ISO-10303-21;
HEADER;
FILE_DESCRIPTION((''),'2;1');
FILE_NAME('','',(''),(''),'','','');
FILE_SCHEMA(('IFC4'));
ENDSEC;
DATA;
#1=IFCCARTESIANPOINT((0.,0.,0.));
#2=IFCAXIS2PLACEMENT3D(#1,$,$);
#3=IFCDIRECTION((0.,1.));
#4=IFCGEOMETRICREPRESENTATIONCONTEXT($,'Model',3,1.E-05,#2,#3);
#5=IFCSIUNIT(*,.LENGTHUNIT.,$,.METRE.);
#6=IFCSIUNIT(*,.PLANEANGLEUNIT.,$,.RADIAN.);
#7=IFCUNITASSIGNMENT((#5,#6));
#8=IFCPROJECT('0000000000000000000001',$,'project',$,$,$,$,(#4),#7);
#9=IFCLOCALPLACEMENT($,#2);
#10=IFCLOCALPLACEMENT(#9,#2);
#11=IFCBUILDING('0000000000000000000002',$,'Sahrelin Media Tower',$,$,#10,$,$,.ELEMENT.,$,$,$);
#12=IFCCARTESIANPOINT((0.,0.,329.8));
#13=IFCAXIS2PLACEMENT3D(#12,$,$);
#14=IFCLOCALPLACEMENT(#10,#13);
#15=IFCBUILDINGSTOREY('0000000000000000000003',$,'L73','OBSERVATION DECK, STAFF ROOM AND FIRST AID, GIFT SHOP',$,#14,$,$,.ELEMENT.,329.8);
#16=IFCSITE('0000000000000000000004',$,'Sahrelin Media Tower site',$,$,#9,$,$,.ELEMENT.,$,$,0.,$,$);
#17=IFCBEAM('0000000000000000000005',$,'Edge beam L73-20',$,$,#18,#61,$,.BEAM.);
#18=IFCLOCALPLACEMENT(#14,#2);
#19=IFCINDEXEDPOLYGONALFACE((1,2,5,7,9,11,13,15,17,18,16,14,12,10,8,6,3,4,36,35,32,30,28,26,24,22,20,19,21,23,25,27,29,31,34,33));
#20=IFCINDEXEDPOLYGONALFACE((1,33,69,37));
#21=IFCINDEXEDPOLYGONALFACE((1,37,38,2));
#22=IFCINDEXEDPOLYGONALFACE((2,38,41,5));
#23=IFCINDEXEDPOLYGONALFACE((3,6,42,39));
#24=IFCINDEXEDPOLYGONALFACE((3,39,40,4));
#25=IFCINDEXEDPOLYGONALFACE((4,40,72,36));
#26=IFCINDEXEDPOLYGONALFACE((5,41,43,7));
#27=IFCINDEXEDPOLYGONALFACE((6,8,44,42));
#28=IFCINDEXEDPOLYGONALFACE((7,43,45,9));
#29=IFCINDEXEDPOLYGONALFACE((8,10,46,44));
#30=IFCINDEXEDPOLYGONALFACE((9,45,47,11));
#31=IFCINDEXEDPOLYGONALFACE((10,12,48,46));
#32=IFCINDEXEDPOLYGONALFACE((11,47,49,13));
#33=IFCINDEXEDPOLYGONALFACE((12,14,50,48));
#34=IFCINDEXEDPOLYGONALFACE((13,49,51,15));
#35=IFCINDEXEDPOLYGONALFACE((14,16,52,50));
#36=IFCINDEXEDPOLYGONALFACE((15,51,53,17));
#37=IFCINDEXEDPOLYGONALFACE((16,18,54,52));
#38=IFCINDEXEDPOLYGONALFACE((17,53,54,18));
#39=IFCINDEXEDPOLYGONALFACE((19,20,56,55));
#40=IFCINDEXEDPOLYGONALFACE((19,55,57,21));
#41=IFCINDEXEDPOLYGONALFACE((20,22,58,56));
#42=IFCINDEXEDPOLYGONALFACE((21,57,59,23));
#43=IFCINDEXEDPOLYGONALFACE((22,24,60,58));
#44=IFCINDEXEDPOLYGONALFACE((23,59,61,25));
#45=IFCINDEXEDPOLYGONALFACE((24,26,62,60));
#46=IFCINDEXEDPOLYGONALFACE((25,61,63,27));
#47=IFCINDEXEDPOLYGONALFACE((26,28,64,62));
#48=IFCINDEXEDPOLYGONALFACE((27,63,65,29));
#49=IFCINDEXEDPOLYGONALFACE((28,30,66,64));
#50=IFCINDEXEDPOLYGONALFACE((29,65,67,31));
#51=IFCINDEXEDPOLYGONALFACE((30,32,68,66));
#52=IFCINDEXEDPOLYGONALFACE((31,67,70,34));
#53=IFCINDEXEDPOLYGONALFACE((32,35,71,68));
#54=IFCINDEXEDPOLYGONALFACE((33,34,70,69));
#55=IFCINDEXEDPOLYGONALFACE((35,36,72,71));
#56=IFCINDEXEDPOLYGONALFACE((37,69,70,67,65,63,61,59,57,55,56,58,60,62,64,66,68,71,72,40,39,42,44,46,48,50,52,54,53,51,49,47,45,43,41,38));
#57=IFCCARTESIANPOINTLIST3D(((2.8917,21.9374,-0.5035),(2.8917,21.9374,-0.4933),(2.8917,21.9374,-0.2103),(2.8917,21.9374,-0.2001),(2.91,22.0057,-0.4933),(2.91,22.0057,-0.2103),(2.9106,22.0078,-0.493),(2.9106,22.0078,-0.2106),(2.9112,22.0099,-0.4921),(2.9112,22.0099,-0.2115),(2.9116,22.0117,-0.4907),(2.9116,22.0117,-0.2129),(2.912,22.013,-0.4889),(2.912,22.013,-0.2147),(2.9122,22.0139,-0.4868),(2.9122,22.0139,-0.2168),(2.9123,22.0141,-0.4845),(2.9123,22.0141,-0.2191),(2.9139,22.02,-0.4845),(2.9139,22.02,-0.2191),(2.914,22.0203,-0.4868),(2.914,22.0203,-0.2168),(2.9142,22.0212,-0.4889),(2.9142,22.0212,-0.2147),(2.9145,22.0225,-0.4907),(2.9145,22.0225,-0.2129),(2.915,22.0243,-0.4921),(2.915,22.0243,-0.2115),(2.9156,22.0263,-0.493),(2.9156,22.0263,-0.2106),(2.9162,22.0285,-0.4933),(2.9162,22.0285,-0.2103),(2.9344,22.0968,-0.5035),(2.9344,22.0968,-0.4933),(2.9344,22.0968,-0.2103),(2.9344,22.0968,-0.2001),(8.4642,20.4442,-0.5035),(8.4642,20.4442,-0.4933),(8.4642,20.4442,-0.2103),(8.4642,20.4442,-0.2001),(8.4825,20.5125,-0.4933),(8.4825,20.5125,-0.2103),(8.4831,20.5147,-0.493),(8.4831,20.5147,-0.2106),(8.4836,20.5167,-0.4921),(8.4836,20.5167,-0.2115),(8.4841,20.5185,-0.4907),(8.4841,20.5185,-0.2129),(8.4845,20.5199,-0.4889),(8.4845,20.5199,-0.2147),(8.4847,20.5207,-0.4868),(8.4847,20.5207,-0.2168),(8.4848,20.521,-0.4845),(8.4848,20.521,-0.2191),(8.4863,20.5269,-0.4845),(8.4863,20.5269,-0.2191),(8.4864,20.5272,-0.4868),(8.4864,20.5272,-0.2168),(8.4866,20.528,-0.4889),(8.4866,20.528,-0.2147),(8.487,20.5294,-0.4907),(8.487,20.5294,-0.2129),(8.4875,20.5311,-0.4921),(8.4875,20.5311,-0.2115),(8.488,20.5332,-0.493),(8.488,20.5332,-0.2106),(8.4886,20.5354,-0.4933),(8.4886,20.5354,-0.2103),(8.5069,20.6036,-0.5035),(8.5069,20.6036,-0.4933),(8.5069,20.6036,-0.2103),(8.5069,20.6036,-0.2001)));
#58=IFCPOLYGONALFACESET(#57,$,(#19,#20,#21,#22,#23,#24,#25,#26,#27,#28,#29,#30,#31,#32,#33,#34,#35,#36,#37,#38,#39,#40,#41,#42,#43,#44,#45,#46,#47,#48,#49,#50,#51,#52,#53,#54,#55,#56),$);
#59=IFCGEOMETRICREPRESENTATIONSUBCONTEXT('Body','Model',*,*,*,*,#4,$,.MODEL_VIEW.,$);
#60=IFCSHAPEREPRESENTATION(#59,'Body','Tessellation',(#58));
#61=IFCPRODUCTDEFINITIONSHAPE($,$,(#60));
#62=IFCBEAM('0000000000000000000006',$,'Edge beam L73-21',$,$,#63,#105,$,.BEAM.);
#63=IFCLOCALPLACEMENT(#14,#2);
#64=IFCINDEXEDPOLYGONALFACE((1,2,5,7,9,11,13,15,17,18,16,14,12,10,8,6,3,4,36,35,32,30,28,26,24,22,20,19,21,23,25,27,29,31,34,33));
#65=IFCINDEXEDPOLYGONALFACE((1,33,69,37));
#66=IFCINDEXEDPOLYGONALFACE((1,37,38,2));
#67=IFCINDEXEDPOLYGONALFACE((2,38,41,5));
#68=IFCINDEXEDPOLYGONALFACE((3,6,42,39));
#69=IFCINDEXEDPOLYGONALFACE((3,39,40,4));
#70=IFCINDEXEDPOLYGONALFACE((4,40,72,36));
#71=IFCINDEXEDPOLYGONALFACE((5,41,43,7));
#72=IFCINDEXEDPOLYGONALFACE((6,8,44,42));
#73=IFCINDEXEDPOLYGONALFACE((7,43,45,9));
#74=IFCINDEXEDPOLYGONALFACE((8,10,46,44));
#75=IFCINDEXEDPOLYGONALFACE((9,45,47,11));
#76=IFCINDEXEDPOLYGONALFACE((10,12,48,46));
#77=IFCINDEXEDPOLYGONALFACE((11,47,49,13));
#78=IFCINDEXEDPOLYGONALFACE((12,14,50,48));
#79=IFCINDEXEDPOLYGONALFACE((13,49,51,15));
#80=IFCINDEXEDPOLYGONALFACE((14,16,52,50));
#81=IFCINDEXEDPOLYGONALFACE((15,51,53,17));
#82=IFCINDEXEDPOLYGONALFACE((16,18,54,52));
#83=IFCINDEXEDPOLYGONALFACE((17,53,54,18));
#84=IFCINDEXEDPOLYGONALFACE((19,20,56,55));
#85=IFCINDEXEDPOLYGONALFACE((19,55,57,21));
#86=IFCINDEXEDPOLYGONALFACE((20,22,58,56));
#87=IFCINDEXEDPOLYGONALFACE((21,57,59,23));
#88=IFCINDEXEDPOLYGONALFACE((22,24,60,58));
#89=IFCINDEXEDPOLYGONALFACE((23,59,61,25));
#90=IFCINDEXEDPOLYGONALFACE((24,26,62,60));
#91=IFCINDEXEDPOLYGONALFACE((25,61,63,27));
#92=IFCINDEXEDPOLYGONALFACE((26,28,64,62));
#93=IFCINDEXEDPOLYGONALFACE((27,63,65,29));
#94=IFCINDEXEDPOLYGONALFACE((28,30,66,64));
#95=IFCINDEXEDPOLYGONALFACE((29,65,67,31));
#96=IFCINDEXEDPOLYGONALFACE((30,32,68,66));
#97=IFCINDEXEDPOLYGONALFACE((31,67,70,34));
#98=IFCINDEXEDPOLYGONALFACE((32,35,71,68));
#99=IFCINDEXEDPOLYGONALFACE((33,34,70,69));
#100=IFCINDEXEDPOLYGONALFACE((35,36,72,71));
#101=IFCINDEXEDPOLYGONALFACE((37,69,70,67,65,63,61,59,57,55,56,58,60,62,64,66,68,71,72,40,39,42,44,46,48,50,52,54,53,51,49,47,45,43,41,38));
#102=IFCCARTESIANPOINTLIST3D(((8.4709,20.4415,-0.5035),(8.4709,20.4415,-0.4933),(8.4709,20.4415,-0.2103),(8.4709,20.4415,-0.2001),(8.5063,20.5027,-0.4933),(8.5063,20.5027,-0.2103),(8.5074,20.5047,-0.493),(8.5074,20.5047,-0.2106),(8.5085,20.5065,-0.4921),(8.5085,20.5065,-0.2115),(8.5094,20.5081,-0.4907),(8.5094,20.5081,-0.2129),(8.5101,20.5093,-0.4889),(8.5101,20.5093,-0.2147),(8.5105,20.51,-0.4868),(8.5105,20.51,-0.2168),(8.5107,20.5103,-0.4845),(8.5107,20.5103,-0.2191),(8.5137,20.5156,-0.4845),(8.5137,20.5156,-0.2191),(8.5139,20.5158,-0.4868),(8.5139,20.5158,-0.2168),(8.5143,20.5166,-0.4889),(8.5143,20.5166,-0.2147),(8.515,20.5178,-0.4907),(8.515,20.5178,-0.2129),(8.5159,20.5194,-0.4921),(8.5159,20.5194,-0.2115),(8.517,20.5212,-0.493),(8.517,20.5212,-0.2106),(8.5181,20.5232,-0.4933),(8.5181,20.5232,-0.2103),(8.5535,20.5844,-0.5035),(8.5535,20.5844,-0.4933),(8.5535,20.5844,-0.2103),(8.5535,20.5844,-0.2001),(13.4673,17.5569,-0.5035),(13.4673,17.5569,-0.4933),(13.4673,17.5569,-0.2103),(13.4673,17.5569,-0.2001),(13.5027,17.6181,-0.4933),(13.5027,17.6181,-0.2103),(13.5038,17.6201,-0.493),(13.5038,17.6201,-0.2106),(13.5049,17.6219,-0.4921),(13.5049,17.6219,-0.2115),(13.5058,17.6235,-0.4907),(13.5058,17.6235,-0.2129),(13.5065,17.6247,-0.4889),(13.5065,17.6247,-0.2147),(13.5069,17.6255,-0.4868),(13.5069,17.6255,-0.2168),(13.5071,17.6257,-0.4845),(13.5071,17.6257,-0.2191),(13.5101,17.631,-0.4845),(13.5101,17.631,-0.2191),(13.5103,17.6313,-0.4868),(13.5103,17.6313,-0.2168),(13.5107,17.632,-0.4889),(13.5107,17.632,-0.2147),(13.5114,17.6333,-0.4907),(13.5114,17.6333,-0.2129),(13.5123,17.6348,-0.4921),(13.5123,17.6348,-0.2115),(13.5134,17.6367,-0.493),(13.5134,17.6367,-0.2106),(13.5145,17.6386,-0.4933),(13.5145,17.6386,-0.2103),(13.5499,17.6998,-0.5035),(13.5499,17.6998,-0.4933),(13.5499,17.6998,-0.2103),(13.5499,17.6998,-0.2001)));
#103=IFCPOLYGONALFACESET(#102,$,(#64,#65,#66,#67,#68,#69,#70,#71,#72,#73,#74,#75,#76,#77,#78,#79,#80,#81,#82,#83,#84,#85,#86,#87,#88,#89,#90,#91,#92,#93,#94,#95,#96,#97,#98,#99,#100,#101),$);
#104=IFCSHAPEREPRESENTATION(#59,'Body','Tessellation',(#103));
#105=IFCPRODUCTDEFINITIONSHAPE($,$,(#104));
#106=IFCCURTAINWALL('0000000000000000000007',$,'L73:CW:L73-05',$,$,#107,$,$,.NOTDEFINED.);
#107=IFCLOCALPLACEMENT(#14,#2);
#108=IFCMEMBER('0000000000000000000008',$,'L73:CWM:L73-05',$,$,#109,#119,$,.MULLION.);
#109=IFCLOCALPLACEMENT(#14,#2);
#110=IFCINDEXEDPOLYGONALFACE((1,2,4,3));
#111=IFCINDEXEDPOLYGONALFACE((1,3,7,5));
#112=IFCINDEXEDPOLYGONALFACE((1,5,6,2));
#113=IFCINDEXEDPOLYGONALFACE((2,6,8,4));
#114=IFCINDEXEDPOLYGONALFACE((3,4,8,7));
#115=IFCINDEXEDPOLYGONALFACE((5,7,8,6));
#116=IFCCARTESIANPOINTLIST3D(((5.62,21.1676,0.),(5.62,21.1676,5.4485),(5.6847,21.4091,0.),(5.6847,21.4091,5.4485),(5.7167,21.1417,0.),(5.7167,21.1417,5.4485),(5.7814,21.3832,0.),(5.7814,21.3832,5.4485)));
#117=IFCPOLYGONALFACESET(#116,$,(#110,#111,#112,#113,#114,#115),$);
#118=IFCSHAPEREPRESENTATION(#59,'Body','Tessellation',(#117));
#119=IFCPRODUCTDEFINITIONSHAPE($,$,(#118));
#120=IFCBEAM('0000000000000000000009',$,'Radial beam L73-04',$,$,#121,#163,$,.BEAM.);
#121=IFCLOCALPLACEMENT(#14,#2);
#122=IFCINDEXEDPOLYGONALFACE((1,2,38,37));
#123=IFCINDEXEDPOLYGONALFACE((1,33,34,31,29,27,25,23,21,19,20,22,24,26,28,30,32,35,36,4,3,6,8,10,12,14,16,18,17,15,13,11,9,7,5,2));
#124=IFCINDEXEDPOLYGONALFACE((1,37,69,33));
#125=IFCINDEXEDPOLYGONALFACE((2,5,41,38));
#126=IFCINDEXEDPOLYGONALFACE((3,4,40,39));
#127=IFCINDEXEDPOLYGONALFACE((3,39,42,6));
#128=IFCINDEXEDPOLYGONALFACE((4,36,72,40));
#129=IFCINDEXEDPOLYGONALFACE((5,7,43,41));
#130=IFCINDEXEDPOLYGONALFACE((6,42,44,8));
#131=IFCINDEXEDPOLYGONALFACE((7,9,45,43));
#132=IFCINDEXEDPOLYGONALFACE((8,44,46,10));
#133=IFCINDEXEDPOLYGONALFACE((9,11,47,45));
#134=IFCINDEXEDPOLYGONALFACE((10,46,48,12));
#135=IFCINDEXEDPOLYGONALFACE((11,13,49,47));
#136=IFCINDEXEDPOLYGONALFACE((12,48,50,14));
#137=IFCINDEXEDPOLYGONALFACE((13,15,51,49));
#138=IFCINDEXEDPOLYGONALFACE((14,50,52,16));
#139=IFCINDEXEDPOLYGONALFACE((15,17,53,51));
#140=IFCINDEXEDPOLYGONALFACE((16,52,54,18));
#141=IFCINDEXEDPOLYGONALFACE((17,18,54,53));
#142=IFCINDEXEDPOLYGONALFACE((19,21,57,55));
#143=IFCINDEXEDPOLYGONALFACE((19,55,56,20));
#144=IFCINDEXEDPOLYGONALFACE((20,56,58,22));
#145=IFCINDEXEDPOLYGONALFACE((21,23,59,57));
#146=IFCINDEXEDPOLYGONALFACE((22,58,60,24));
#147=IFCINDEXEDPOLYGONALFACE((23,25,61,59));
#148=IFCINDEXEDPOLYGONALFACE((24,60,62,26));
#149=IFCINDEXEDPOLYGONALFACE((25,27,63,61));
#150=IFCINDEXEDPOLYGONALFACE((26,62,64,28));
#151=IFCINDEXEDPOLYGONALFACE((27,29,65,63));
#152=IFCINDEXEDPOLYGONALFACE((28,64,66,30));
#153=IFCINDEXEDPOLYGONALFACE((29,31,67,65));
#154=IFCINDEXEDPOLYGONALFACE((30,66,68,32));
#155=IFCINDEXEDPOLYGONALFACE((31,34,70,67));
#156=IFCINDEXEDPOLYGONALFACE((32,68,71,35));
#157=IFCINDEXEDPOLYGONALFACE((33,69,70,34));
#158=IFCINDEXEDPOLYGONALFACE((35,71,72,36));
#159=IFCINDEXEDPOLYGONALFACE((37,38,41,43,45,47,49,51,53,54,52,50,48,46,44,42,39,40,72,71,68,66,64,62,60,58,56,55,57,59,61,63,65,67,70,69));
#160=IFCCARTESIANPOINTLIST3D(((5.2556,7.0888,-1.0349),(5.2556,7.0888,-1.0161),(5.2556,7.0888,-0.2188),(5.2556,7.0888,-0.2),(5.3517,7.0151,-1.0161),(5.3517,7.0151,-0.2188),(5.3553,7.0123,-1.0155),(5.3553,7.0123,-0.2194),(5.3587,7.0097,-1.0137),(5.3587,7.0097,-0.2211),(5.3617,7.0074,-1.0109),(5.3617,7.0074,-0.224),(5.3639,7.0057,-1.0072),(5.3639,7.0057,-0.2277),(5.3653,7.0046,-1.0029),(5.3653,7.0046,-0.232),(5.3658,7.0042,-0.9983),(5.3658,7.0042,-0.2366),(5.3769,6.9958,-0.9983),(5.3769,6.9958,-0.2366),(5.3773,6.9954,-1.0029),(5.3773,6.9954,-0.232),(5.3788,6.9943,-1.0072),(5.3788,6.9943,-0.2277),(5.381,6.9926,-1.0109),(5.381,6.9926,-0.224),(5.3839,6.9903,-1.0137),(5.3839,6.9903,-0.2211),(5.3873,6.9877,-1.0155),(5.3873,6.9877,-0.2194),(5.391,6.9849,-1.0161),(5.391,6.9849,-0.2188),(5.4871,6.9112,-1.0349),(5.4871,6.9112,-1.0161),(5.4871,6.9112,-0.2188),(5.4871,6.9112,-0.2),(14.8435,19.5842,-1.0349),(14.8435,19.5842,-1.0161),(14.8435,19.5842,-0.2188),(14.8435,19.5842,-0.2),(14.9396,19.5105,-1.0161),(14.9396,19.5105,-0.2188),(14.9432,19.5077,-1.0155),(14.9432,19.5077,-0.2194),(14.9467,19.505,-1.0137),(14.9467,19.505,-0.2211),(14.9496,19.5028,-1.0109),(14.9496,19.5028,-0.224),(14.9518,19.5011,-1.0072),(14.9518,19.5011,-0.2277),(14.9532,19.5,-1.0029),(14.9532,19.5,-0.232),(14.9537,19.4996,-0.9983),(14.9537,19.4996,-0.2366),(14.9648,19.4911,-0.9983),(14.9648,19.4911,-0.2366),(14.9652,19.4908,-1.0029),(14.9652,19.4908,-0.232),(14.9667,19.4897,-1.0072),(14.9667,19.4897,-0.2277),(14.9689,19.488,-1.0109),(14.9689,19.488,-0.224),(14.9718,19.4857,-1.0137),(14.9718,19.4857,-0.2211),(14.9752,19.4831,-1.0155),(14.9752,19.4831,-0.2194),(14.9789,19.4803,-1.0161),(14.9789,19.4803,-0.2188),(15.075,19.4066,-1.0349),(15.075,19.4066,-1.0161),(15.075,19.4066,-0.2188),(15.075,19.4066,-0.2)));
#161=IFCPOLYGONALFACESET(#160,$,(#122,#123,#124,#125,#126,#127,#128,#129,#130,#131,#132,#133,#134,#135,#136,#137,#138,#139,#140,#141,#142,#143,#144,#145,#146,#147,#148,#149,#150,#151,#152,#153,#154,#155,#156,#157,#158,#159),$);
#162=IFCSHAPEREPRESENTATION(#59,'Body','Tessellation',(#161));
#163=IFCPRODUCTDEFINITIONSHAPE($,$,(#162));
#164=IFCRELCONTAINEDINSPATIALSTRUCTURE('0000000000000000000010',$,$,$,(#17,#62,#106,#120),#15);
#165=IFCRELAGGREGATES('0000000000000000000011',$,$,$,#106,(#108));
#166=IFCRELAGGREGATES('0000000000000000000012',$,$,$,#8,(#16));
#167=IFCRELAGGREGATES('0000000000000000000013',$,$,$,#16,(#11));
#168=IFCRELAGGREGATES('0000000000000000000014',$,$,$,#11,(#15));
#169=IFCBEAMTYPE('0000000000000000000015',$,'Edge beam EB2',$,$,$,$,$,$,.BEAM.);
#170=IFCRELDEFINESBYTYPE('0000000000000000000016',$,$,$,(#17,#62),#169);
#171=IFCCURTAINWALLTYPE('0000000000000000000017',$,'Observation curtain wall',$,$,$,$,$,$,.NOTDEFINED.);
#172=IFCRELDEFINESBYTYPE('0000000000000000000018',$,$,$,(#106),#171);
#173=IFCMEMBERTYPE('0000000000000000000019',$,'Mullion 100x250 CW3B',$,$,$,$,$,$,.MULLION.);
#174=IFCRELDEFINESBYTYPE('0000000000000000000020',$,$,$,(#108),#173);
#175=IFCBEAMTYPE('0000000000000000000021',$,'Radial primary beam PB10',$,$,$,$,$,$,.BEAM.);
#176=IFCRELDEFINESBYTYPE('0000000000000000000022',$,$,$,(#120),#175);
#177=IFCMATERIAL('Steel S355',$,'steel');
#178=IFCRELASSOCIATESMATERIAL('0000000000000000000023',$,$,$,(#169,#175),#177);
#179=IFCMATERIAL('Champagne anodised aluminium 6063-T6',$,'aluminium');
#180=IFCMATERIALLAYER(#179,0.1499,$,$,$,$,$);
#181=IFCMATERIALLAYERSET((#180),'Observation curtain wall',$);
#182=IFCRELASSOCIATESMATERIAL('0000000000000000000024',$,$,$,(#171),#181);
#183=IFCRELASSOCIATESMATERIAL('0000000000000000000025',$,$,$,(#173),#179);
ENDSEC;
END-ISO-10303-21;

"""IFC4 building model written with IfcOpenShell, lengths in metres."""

from ifc_helpers import new_model, si_unit, direction, frame, origin, origin_2d, place, context, subcontext, project, spatial, rectangle, i_section, extrude, material, layer, layer_set, material_profile, profile_set, type_object, element, aggregate, save


model = new_model("IFC4")

# Units and contexts
model_context = context("Model", 3, precision=1e-05, world=origin(), true_north=direction((0.0, 1.0)))
body_context = subcontext(model_context, "Body", "Model", "MODEL_VIEW")
ifc_project = project(units=[si_unit("LENGTHUNIT", "METRE"), si_unit("PLANEANGLEUNIT", "RADIAN")], contexts=[model_context])

# Site, building, storey
site_placement = place(None, origin())
site = spatial("IfcSite", under=ifc_project, at=site_placement, Name="Sahrelin Media Tower site", CompositionType="ELEMENT", RefElevation=0.0)
building_placement = place(site_placement, origin())
building = spatial("IfcBuilding", under=site, at=building_placement, Name="Sahrelin Media Tower", CompositionType="ELEMENT")
storey_placement = place(building_placement, frame((0.0, 0.0, 329.8)))
storey = spatial("IfcBuildingStorey", under=building, at=storey_placement, Name="L73", Description="OBSERVATION DECK, STAFF ROOM AND FIRST AID, GIFT SHOP", CompositionType="ELEMENT", Elevation=329.8)

# Beams
ifc_material_1 = material(Name="Steel S355", Category="steel")
ifc_material_profile_1 = material_profile(ifc_material_1, i_section(OverallWidth=0.165, OverallDepth=0.3035, WebThickness=0.0061, FlangeThickness=0.0103, FilletRadius=0.0088, at=origin_2d()), Name="UB 305x165x40")
ifc_profile_set_1 = profile_set([ifc_material_profile_1], Name="Steel S355")
beam_type_1 = type_object("IfcBeamType", Name="Edge beam EB2", PredefinedType="BEAM", material=ifc_profile_set_1)
beam_1_placement = place(storey_placement, frame((2.9131, 22.0171, -0.3518), z_axis=(0.965925, -0.258821, 0.0), x_axis=(0.258821, 0.965925, 0.0)))
element("IfcBeam", 1, at=beam_1_placement, inside=storey, type_object=beam_type_1, Name="Edge beam L73-20", PredefinedType="BEAM", context=body_context, shape_type="SweptSolid", body=[
    extrude(i_section(OverallWidth=0.165, OverallDepth=0.3035, WebThickness=0.0061, FlangeThickness=0.0103, FilletRadius=0.0088, at=origin_2d()), origin(), (0.0, 0.0, 1.0), 5.769),
])
beam_2_placement = place(storey_placement, frame((8.5122, 20.5129, -0.3518), z_axis=(0.866034, -0.499985, 0.0), x_axis=(0.499985, 0.866034, 0.0)))
element("IfcBeam", 2, at=beam_2_placement, inside=storey, type_object=beam_type_1, Name="Edge beam L73-21", PredefinedType="BEAM", context=body_context, shape_type="SweptSolid", body=[
    extrude(i_section(OverallWidth=0.165, OverallDepth=0.3035, WebThickness=0.0061, FlangeThickness=0.0103, FilletRadius=0.0088, at=origin_2d()), origin(), (0.0, 0.0, 1.0), 5.7693),
])

# Curtain wall, member
ifc_material_2 = material(Name="Champagne anodised aluminium 6063-T6", Category="aluminium")
ifc_layer_1 = layer(ifc_material_2, 0.1499)
ifc_layer_set_1 = layer_set([ifc_layer_1], Name="Observation curtain wall")
curtain_wall_type = type_object("IfcCurtainWallType", Name="Observation curtain wall", PredefinedType="NOTDEFINED", material=ifc_layer_set_1)
curtain_wall_1_placement = place(storey_placement, frame((5.7383, 21.4153, 0.0), z_axis=(0.0, 0.0, 1.0), x_axis=(1.0, 0.0, 0.0)))
curtain_wall_1 = element("IfcCurtainWall", 3, at=curtain_wall_1_placement, inside=storey, type_object=curtain_wall_type, Name="L73:CW:L73-05", PredefinedType="NOTDEFINED")
ifc_material_profile_2 = material_profile(ifc_material_2, rectangle(XDim=0.1001, YDim=0.25, at=origin_2d()), Name="Mullion 100x250")
ifc_profile_set_2 = profile_set([ifc_material_profile_2], Name="Champagne anodised aluminium 6063-T6")
member_type_1 = type_object("IfcMemberType", Name="Mullion 100x250 CW3B", PredefinedType="MULLION", material=ifc_profile_set_2)
member_1_placement = place(storey_placement, frame((5.7007, 21.2754, 0.0), z_axis=(0.0, 0.0, 1.0), x_axis=(-0.965926, 0.258817, 0.0)))
member_1 = element("IfcMember", 4, at=member_1_placement, type_object=member_type_1, Name="L73:CWM:L73-05", PredefinedType="MULLION", context=body_context, shape_type="SweptSolid", body=[
    extrude(rectangle(XDim=0.1001, YDim=0.25, at=origin_2d()), origin(), (0.0, 0.0, 1.0), 5.4485),
])

# Beam
ifc_material_profile_3 = material_profile(ifc_material_1, i_section(OverallWidth=0.2917, OverallDepth=0.835, WebThickness=0.0139, FlangeThickness=0.0188, FilletRadius=0.0178, at=origin_2d()), Name="UB 838x292x176")
ifc_profile_set_3 = profile_set([ifc_material_profile_3], Name="Steel S355")
beam_type_2 = type_object("IfcBeamType", Name="Radial primary beam PB10", PredefinedType="BEAM", material=ifc_profile_set_3)
beam_3_placement = place(storey_placement, frame((5.3713, 7.0, -0.6174), z_axis=(0.608756, 0.793358, 0.0), x_axis=(-0.793358, 0.608756, 0.0)))
element("IfcBeam", 5, at=beam_3_placement, inside=storey, type_object=beam_type_2, Name="Radial beam L73-04", PredefinedType="BEAM", context=body_context, shape_type="SweptSolid", body=[
    extrude(i_section(OverallWidth=0.2917, OverallDepth=0.835, WebThickness=0.0139, FlangeThickness=0.0188, FilletRadius=0.0178, at=origin_2d()), origin(), (0.0, 0.0, 1.0), 15.75),
])

aggregate(curtain_wall_1, [member_1])

save(model, "model.ifc")
